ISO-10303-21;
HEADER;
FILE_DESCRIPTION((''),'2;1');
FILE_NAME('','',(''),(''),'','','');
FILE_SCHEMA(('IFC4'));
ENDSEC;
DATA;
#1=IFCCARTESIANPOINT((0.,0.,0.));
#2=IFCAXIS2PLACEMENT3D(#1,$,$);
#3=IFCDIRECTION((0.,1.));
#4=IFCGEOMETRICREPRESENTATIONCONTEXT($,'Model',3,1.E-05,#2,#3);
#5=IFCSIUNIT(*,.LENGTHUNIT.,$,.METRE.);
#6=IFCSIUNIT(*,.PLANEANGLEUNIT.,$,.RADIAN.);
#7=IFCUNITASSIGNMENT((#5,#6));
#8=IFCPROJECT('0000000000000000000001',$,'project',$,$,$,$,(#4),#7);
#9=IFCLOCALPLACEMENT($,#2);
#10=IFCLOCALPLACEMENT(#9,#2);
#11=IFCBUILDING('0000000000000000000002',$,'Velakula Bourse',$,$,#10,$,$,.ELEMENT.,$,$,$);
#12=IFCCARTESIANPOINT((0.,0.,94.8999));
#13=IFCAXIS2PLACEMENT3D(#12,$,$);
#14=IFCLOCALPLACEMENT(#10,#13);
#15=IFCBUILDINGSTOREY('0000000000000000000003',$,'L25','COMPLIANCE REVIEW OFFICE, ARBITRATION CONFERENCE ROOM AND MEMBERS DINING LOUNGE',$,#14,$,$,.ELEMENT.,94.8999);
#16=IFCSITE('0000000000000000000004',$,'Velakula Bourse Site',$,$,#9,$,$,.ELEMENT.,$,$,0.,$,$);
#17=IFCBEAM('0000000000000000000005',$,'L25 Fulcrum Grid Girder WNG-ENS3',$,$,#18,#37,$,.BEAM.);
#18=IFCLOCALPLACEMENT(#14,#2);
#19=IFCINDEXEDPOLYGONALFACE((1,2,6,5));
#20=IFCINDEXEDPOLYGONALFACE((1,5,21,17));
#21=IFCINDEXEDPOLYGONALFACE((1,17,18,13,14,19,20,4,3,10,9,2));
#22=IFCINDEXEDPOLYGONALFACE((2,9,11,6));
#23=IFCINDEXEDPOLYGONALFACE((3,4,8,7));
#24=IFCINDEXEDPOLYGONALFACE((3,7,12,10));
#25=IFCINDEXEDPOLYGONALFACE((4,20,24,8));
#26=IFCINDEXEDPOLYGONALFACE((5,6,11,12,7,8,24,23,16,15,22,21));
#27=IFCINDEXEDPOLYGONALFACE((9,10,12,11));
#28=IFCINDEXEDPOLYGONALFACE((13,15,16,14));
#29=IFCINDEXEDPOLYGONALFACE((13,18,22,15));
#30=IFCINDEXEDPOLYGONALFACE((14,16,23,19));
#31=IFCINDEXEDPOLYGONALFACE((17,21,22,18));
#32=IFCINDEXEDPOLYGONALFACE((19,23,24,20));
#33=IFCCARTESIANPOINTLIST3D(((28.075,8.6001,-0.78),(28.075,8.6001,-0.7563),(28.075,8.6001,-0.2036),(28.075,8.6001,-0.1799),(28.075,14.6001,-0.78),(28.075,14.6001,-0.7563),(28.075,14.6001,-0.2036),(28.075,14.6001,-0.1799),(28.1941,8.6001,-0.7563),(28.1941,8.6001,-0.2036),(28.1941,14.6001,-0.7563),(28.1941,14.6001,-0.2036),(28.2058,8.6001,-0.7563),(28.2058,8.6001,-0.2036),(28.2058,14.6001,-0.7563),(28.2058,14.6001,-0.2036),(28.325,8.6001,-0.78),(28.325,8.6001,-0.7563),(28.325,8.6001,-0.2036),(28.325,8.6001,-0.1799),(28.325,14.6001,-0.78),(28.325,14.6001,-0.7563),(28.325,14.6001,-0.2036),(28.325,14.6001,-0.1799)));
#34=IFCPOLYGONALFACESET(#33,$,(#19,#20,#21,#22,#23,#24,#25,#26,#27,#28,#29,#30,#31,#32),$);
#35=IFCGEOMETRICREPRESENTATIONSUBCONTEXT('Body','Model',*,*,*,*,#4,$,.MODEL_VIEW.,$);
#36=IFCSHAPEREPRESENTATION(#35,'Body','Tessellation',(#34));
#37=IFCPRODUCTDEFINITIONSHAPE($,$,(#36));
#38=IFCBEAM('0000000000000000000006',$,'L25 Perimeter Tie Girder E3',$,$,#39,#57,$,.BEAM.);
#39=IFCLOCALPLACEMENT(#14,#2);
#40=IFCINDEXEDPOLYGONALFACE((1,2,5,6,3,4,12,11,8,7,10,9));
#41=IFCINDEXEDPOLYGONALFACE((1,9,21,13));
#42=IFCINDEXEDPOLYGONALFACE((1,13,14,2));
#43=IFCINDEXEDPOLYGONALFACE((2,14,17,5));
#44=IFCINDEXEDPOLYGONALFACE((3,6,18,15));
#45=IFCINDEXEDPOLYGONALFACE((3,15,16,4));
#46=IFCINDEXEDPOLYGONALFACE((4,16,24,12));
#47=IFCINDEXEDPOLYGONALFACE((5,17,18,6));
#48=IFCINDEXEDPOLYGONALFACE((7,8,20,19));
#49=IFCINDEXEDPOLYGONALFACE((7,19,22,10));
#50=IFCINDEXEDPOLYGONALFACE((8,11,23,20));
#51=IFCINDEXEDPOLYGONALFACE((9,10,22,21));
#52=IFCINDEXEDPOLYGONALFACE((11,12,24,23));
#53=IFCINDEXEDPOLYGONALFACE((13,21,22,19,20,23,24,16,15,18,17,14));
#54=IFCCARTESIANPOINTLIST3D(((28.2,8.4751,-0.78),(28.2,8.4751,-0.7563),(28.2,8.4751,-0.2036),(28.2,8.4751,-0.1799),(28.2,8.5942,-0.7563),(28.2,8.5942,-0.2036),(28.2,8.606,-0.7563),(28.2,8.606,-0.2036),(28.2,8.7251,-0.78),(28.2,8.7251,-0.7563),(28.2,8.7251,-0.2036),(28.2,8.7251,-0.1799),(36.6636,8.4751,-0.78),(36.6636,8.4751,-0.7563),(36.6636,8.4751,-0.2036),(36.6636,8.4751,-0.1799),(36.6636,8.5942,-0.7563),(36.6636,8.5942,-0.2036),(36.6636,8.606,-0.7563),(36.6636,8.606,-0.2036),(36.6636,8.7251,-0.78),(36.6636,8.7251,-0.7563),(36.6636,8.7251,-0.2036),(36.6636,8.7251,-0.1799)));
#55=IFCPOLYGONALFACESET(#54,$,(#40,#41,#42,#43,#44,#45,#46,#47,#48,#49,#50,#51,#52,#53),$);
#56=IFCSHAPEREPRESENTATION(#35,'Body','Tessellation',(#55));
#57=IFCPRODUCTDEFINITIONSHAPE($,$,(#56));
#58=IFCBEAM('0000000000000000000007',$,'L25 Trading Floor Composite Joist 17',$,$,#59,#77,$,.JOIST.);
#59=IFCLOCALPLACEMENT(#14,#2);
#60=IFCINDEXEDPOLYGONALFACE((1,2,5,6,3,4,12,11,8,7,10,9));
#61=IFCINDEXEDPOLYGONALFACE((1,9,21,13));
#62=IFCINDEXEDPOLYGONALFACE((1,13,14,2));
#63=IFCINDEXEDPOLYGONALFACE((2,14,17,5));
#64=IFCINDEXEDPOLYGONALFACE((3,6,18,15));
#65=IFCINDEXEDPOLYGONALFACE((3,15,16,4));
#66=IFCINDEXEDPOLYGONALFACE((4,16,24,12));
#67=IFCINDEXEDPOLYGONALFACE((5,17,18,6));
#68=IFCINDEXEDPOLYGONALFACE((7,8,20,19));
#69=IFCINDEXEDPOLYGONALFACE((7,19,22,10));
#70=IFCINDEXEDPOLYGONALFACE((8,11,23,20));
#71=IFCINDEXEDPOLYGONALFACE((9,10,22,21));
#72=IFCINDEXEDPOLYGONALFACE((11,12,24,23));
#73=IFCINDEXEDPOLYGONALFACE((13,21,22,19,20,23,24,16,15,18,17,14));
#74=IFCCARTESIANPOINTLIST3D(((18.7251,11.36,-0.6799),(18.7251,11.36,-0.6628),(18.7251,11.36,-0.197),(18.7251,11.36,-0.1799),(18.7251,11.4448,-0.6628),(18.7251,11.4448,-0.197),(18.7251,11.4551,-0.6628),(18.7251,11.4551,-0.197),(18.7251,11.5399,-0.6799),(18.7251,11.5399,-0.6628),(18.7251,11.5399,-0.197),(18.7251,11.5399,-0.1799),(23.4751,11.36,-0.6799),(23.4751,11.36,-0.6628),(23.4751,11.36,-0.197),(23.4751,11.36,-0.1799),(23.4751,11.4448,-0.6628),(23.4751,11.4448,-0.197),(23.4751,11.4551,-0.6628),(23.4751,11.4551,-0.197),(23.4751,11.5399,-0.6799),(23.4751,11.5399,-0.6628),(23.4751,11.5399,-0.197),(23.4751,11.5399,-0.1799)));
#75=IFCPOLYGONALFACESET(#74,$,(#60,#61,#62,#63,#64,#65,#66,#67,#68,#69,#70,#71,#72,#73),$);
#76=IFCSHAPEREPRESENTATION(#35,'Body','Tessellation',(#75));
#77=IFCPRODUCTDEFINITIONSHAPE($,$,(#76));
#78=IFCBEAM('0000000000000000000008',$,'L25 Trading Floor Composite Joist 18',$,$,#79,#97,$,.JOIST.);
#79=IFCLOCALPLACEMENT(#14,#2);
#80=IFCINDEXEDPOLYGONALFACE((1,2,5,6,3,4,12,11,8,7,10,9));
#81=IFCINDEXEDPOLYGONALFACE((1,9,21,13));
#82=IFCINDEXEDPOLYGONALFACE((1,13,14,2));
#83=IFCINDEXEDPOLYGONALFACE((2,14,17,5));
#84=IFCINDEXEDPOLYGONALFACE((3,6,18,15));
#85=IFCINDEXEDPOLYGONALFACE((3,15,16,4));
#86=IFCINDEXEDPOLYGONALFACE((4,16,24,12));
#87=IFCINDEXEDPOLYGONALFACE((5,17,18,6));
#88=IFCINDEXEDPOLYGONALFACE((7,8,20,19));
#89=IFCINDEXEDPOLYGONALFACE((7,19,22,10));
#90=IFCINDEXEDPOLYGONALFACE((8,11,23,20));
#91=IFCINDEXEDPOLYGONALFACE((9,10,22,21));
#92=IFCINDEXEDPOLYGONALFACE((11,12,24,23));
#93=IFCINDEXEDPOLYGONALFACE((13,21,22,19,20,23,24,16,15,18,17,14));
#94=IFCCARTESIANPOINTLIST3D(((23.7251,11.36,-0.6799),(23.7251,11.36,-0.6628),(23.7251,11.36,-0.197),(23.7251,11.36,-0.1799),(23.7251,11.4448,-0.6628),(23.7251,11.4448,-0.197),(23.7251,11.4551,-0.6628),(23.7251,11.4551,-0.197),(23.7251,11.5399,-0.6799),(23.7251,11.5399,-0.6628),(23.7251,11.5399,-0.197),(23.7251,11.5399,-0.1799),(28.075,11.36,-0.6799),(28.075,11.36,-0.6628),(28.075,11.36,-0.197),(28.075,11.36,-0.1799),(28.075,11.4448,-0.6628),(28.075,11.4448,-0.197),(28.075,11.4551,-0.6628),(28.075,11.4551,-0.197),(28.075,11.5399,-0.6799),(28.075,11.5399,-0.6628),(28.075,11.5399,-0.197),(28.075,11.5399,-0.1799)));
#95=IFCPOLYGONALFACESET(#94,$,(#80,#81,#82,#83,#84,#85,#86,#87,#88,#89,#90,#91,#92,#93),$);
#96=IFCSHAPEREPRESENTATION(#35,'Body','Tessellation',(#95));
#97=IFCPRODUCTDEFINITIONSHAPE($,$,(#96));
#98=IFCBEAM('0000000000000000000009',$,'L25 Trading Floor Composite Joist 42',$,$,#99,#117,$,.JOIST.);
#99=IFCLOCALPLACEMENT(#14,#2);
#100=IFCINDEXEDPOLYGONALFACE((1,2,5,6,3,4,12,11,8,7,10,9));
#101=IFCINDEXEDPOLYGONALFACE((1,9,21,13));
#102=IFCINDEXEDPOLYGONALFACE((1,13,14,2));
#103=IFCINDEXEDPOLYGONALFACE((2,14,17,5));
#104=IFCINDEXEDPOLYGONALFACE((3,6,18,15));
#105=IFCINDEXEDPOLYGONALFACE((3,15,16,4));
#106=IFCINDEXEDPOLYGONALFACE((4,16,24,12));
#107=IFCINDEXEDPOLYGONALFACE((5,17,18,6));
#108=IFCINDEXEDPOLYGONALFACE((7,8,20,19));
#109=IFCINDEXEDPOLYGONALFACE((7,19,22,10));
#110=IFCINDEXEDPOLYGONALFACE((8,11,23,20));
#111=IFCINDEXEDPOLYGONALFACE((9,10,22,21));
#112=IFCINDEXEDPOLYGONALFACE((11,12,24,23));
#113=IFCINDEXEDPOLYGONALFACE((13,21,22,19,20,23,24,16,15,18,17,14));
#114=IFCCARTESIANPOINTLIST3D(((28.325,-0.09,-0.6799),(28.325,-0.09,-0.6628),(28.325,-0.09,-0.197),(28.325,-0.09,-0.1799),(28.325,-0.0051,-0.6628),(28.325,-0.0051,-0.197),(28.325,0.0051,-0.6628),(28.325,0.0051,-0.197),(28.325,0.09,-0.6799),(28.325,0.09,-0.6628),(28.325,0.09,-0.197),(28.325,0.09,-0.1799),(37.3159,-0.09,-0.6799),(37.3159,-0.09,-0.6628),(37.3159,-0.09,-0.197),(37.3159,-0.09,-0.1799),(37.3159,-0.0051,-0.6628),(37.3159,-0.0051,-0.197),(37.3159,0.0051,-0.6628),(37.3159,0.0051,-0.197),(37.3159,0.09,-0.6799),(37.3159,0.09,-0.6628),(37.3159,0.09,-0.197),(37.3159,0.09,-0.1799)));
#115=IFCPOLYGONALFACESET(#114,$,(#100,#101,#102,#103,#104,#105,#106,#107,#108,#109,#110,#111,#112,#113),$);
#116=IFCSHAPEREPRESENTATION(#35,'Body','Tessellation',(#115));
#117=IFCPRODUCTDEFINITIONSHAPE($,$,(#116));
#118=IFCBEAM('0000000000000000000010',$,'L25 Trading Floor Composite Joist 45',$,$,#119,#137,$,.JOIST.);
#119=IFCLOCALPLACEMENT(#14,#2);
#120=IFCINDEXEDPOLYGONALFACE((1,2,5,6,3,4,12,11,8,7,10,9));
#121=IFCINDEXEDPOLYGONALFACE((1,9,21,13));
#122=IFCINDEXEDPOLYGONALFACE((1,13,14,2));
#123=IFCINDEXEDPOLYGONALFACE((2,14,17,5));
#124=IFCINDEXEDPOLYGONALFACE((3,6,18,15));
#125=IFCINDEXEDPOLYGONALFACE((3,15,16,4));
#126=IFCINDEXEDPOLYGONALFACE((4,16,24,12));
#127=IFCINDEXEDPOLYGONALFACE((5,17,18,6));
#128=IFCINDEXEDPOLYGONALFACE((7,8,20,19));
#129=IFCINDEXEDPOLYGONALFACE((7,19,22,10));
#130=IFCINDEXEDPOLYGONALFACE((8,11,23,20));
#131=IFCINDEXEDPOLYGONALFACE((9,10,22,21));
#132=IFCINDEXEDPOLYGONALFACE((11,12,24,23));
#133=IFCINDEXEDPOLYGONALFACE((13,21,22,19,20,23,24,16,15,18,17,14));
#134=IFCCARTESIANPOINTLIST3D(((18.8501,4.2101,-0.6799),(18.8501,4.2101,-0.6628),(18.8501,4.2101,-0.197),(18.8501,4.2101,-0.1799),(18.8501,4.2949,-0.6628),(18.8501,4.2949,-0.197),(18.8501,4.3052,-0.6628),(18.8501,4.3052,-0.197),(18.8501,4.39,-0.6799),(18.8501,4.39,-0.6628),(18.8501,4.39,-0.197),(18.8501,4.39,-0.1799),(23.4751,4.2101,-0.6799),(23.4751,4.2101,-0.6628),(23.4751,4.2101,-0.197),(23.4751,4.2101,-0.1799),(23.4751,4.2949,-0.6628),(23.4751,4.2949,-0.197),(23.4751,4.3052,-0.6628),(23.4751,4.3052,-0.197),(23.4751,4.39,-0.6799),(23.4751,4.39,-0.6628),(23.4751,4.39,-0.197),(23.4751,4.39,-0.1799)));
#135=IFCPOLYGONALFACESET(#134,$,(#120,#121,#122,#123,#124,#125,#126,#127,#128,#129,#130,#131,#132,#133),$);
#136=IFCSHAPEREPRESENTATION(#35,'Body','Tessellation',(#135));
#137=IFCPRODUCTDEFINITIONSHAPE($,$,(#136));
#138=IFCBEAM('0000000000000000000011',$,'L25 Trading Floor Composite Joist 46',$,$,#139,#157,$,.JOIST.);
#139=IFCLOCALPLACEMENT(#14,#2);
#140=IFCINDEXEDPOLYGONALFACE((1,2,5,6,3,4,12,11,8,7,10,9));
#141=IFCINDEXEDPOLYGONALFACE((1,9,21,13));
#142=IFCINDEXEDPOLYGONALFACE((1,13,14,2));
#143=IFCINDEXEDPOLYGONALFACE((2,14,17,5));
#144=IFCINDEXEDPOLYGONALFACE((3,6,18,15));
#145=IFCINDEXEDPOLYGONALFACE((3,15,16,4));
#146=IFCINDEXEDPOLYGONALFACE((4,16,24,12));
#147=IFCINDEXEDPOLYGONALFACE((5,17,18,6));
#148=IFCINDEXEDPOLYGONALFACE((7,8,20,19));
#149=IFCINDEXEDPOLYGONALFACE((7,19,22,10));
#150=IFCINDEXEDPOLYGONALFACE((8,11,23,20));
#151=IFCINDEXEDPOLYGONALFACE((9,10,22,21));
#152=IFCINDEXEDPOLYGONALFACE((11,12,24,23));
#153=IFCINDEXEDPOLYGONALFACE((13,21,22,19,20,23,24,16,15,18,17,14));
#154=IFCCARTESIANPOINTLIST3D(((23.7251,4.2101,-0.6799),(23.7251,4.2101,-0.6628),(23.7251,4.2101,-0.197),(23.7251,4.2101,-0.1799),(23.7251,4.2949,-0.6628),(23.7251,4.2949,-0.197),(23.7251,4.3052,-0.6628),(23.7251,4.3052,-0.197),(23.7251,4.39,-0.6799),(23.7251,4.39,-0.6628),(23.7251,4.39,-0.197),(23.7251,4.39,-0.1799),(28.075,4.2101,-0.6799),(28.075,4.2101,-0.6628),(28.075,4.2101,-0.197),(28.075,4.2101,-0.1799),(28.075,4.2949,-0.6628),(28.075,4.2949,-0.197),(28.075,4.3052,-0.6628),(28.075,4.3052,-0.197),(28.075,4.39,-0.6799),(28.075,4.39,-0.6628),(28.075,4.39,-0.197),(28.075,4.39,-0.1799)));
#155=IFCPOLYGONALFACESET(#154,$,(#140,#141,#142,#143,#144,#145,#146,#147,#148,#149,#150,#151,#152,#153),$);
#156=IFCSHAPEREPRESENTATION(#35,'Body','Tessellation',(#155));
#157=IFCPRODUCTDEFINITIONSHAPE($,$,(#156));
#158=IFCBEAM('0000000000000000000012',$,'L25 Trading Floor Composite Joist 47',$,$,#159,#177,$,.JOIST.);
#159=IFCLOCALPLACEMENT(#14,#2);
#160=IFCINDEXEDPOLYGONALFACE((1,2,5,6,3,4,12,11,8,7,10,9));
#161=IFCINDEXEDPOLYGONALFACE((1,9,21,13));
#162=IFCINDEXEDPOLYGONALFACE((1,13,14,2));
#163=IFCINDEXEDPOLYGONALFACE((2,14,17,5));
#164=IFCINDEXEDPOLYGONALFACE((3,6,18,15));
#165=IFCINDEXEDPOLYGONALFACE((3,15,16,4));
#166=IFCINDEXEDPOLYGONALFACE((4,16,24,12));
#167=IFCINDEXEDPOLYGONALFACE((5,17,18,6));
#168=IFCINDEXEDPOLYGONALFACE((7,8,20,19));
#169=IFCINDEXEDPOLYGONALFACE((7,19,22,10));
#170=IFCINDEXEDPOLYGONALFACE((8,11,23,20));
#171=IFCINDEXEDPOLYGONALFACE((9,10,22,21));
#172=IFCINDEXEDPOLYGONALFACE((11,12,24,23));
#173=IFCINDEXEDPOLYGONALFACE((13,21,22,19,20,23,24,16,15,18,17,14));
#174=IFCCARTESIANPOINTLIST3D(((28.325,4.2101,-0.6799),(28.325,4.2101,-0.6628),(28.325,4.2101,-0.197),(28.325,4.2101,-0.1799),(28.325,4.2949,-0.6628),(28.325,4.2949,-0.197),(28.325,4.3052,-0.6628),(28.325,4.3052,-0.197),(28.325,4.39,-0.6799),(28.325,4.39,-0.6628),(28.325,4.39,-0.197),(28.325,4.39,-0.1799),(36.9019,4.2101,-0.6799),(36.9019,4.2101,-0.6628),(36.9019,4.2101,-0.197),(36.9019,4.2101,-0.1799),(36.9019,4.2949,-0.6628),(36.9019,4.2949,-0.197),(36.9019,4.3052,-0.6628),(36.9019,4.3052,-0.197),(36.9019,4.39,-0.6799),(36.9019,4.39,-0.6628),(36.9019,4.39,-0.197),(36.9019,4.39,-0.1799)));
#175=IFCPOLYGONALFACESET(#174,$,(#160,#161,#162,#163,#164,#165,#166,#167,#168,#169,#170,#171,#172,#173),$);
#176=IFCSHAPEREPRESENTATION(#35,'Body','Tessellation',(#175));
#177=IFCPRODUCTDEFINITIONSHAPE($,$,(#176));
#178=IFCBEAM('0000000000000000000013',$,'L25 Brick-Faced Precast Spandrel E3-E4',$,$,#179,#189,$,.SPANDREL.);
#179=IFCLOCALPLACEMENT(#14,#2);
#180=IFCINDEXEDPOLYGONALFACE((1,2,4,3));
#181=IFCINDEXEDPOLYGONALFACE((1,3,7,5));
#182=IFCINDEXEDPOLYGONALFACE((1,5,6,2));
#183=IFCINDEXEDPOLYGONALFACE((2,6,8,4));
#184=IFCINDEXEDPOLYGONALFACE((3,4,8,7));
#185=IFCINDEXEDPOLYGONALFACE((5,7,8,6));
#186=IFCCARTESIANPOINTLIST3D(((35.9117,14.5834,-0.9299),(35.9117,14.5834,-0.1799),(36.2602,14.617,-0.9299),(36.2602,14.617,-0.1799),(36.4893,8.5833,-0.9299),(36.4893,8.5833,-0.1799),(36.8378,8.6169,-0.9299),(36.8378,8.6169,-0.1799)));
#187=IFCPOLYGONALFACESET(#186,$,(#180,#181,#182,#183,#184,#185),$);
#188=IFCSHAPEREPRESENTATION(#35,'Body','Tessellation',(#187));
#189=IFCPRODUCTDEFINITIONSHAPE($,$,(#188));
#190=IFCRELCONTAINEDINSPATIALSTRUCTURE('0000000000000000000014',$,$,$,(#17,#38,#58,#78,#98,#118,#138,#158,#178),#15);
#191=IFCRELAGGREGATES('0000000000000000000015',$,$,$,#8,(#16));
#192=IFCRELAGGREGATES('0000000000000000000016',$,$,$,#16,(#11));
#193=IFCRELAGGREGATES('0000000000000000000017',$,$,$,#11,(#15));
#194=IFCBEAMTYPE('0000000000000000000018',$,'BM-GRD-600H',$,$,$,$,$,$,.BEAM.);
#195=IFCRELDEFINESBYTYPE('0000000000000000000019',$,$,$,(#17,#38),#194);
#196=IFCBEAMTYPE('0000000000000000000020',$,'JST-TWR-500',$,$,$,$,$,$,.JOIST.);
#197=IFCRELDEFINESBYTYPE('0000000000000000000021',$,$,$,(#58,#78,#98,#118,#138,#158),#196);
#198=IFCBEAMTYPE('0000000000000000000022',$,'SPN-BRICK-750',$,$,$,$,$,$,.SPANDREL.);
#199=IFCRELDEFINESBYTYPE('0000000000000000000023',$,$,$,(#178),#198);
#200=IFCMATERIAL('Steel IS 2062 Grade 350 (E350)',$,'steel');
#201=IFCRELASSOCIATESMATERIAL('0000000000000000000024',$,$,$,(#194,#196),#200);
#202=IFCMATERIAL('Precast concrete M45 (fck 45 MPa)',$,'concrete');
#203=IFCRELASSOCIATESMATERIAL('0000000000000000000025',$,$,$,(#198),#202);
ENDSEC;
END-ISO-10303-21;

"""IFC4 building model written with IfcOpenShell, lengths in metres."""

from ifc_helpers import new_model, si_unit, direction, frame, origin, origin_2d, place, context, subcontext, project, spatial, rectangle, i_section, extrude, material, material_profile, profile_set, type_object, element, save


model = new_model("IFC4")

# Units and contexts
model_context = context("Model", 3, precision=1e-05, world=origin(), true_north=direction((0.0, 1.0)))
body_context = subcontext(model_context, "Body", "Model", "MODEL_VIEW")
ifc_project = project(units=[si_unit("LENGTHUNIT", "METRE"), si_unit("PLANEANGLEUNIT", "RADIAN")], contexts=[model_context])

# Site, building, storey
site_placement = place(None, origin())
site = spatial("IfcSite", under=ifc_project, at=site_placement, Name="Velakula Bourse Site", CompositionType="ELEMENT", RefElevation=0.0)
building_placement = place(site_placement, origin())
building = spatial("IfcBuilding", under=site, at=building_placement, Name="Velakula Bourse", CompositionType="ELEMENT")
storey_placement = place(building_placement, frame((0.0, 0.0, 94.8999)))
storey = spatial("IfcBuildingStorey", under=building, at=storey_placement, Name="L25", Description="COMPLIANCE REVIEW OFFICE, ARBITRATION CONFERENCE ROOM AND MEMBERS DINING LOUNGE", CompositionType="ELEMENT", Elevation=94.8999)

# Beams
ifc_material_1 = material(Name="Steel IS 2062 Grade 350 (E350)", Category="steel")
ifc_material_profile_1 = material_profile(ifc_material_1, i_section(OverallWidth=0.25, OverallDepth=0.6001, WebThickness=0.0117, FlangeThickness=0.0237, at=origin_2d()), Name="Steel IS 2062 Grade 350 (E350)")
ifc_profile_set_1 = profile_set([ifc_material_profile_1], Name="Steel IS 2062 Grade 350 (E350)")
beam_type_1 = type_object("IfcBeamType", Name="BM-GRD-600H", PredefinedType="BEAM", material=ifc_profile_set_1)
beam_1_placement = place(storey_placement, frame((28.2, 8.6001, -0.48), z_axis=(0.0, 1.0, 0.0), x_axis=(-1.0, 0.0, 0.0)))
element("IfcBeam", 1, at=beam_1_placement, inside=storey, type_object=beam_type_1, Name="L25 Fulcrum Grid Girder WNG-ENS3", PredefinedType="BEAM", context=body_context, shape_type="SweptSolid", body=[
    extrude(i_section(OverallWidth=0.25, OverallDepth=0.6001, WebThickness=0.0117, FlangeThickness=0.0237, at=origin_2d()), origin(), (0.0, 0.0, 1.0), 6.0),
])
beam_2_placement = place(storey_placement, frame((28.2, 8.6001, -0.48), z_axis=(1.0, 0.0, 0.0), x_axis=(0.0, 1.0, 0.0)))
element("IfcBeam", 2, at=beam_2_placement, inside=storey, type_object=beam_type_1, Name="L25 Perimeter Tie Girder E3", PredefinedType="BEAM", context=body_context, shape_type="SweptSolid", body=[
    extrude(i_section(OverallWidth=0.25, OverallDepth=0.6001, WebThickness=0.0117, FlangeThickness=0.0237, at=origin_2d()), origin(), (0.0, 0.0, 1.0), 8.4636),
])
ifc_material_profile_2 = material_profile(ifc_material_1, i_section(OverallWidth=0.1799, OverallDepth=0.5, WebThickness=0.0103, FlangeThickness=0.0171, at=origin_2d()), Name="Steel IS 2062 Grade 350 (E350)")
ifc_profile_set_2 = profile_set([ifc_material_profile_2], Name="Steel IS 2062 Grade 350 (E350)")
beam_type_2 = type_object("IfcBeamType", Name="JST-TWR-500", PredefinedType="JOIST", material=ifc_profile_set_2)
beam_3_placement = place(storey_placement, frame((18.7251, 11.45, -0.4299), z_axis=(1.0, 0.0, 0.0), x_axis=(0.0, 1.0, 0.0)))
element("IfcBeam", 3, at=beam_3_placement, inside=storey, type_object=beam_type_2, Name="L25 Trading Floor Composite Joist 17", PredefinedType="JOIST", context=body_context, shape_type="SweptSolid", body=[
    extrude(i_section(OverallWidth=0.1799, OverallDepth=0.5, WebThickness=0.0103, FlangeThickness=0.0171, at=origin_2d()), origin(), (0.0, 0.0, 1.0), 4.75),
])
beam_4_placement = place(storey_placement, frame((23.7251, 11.45, -0.4299), z_axis=(1.0, 0.0, 0.0), x_axis=(0.0, 1.0, 0.0)))
element("IfcBeam", 4, at=beam_4_placement, inside=storey, type_object=beam_type_2, Name="L25 Trading Floor Composite Joist 18", PredefinedType="JOIST", context=body_context, shape_type="SweptSolid", body=[
    extrude(i_section(OverallWidth=0.1799, OverallDepth=0.5, WebThickness=0.0103, FlangeThickness=0.0171, at=origin_2d()), origin(), (0.0, 0.0, 1.0), 4.3499),
])
beam_5_placement = place(storey_placement, frame((28.325, 0.0, -0.4299), z_axis=(1.0, 0.0, 0.0), x_axis=(0.0, 1.0, 0.0)))
element("IfcBeam", 5, at=beam_5_placement, inside=storey, type_object=beam_type_2, Name="L25 Trading Floor Composite Joist 42", PredefinedType="JOIST", context=body_context, shape_type="SweptSolid", body=[
    extrude(i_section(OverallWidth=0.1799, OverallDepth=0.5, WebThickness=0.0103, FlangeThickness=0.0171, at=origin_2d()), origin(), (0.0, 0.0, 1.0), 8.991),
])
beam_6_placement = place(storey_placement, frame((18.8501, 4.3, -0.4299), z_axis=(1.0, 0.0, 0.0), x_axis=(0.0, 1.0, 0.0)))
element("IfcBeam", 6, at=beam_6_placement, inside=storey, type_object=beam_type_2, Name="L25 Trading Floor Composite Joist 45", PredefinedType="JOIST", context=body_context, shape_type="SweptSolid", body=[
    extrude(i_section(OverallWidth=0.1799, OverallDepth=0.5, WebThickness=0.0103, FlangeThickness=0.0171, at=origin_2d()), origin(), (0.0, 0.0, 1.0), 4.625),
])
beam_7_placement = place(storey_placement, frame((23.7251, 4.3, -0.4299), z_axis=(1.0, 0.0, 0.0), x_axis=(0.0, 1.0, 0.0)))
element("IfcBeam", 7, at=beam_7_placement, inside=storey, type_object=beam_type_2, Name="L25 Trading Floor Composite Joist 46", PredefinedType="JOIST", context=body_context, shape_type="SweptSolid", body=[
    extrude(i_section(OverallWidth=0.1799, OverallDepth=0.5, WebThickness=0.0103, FlangeThickness=0.0171, at=origin_2d()), origin(), (0.0, 0.0, 1.0), 4.3499),
])
beam_8_placement = place(storey_placement, frame((28.325, 4.3, -0.4299), z_axis=(1.0, 0.0, 0.0), x_axis=(0.0, 1.0, 0.0)))
element("IfcBeam", 8, at=beam_8_placement, inside=storey, type_object=beam_type_2, Name="L25 Trading Floor Composite Joist 47", PredefinedType="JOIST", context=body_context, shape_type="SweptSolid", body=[
    extrude(i_section(OverallWidth=0.1799, OverallDepth=0.5, WebThickness=0.0103, FlangeThickness=0.0171, at=origin_2d()), origin(), (0.0, 0.0, 1.0), 8.5769),
])
ifc_material_2 = material(Name="Precast concrete M45 (fck 45 MPa)", Category="concrete")
ifc_material_profile_3 = material_profile(ifc_material_2, rectangle(XDim=0.3501, YDim=0.75, at=origin_2d()), Name="Precast concrete M45 (fck 45 MPa)")
ifc_profile_set_3 = profile_set([ifc_material_profile_3], Name="Precast concrete M45 (fck 45 MPa)")
beam_type_3 = type_object("IfcBeamType", Name="SPN-BRICK-750", PredefinedType="SPANDREL", material=ifc_profile_set_3)
beam_9_placement = place(storey_placement, frame((36.6636, 8.6001, -0.5549), z_axis=(-0.09583, 0.995398, 0.0), x_axis=(-0.995398, -0.09583, 0.0)))
element("IfcBeam", 9, at=beam_9_placement, inside=storey, type_object=beam_type_3, Name="L25 Brick-Faced Precast Spandrel E3-E4", PredefinedType="SPANDREL", context=body_context, shape_type="SweptSolid", body=[
    extrude(rectangle(XDim=0.3501, YDim=0.75, at=origin_2d()), origin(), (0.0, 0.0, 1.0), 6.0278),
])

save(model, "model.ifc")
